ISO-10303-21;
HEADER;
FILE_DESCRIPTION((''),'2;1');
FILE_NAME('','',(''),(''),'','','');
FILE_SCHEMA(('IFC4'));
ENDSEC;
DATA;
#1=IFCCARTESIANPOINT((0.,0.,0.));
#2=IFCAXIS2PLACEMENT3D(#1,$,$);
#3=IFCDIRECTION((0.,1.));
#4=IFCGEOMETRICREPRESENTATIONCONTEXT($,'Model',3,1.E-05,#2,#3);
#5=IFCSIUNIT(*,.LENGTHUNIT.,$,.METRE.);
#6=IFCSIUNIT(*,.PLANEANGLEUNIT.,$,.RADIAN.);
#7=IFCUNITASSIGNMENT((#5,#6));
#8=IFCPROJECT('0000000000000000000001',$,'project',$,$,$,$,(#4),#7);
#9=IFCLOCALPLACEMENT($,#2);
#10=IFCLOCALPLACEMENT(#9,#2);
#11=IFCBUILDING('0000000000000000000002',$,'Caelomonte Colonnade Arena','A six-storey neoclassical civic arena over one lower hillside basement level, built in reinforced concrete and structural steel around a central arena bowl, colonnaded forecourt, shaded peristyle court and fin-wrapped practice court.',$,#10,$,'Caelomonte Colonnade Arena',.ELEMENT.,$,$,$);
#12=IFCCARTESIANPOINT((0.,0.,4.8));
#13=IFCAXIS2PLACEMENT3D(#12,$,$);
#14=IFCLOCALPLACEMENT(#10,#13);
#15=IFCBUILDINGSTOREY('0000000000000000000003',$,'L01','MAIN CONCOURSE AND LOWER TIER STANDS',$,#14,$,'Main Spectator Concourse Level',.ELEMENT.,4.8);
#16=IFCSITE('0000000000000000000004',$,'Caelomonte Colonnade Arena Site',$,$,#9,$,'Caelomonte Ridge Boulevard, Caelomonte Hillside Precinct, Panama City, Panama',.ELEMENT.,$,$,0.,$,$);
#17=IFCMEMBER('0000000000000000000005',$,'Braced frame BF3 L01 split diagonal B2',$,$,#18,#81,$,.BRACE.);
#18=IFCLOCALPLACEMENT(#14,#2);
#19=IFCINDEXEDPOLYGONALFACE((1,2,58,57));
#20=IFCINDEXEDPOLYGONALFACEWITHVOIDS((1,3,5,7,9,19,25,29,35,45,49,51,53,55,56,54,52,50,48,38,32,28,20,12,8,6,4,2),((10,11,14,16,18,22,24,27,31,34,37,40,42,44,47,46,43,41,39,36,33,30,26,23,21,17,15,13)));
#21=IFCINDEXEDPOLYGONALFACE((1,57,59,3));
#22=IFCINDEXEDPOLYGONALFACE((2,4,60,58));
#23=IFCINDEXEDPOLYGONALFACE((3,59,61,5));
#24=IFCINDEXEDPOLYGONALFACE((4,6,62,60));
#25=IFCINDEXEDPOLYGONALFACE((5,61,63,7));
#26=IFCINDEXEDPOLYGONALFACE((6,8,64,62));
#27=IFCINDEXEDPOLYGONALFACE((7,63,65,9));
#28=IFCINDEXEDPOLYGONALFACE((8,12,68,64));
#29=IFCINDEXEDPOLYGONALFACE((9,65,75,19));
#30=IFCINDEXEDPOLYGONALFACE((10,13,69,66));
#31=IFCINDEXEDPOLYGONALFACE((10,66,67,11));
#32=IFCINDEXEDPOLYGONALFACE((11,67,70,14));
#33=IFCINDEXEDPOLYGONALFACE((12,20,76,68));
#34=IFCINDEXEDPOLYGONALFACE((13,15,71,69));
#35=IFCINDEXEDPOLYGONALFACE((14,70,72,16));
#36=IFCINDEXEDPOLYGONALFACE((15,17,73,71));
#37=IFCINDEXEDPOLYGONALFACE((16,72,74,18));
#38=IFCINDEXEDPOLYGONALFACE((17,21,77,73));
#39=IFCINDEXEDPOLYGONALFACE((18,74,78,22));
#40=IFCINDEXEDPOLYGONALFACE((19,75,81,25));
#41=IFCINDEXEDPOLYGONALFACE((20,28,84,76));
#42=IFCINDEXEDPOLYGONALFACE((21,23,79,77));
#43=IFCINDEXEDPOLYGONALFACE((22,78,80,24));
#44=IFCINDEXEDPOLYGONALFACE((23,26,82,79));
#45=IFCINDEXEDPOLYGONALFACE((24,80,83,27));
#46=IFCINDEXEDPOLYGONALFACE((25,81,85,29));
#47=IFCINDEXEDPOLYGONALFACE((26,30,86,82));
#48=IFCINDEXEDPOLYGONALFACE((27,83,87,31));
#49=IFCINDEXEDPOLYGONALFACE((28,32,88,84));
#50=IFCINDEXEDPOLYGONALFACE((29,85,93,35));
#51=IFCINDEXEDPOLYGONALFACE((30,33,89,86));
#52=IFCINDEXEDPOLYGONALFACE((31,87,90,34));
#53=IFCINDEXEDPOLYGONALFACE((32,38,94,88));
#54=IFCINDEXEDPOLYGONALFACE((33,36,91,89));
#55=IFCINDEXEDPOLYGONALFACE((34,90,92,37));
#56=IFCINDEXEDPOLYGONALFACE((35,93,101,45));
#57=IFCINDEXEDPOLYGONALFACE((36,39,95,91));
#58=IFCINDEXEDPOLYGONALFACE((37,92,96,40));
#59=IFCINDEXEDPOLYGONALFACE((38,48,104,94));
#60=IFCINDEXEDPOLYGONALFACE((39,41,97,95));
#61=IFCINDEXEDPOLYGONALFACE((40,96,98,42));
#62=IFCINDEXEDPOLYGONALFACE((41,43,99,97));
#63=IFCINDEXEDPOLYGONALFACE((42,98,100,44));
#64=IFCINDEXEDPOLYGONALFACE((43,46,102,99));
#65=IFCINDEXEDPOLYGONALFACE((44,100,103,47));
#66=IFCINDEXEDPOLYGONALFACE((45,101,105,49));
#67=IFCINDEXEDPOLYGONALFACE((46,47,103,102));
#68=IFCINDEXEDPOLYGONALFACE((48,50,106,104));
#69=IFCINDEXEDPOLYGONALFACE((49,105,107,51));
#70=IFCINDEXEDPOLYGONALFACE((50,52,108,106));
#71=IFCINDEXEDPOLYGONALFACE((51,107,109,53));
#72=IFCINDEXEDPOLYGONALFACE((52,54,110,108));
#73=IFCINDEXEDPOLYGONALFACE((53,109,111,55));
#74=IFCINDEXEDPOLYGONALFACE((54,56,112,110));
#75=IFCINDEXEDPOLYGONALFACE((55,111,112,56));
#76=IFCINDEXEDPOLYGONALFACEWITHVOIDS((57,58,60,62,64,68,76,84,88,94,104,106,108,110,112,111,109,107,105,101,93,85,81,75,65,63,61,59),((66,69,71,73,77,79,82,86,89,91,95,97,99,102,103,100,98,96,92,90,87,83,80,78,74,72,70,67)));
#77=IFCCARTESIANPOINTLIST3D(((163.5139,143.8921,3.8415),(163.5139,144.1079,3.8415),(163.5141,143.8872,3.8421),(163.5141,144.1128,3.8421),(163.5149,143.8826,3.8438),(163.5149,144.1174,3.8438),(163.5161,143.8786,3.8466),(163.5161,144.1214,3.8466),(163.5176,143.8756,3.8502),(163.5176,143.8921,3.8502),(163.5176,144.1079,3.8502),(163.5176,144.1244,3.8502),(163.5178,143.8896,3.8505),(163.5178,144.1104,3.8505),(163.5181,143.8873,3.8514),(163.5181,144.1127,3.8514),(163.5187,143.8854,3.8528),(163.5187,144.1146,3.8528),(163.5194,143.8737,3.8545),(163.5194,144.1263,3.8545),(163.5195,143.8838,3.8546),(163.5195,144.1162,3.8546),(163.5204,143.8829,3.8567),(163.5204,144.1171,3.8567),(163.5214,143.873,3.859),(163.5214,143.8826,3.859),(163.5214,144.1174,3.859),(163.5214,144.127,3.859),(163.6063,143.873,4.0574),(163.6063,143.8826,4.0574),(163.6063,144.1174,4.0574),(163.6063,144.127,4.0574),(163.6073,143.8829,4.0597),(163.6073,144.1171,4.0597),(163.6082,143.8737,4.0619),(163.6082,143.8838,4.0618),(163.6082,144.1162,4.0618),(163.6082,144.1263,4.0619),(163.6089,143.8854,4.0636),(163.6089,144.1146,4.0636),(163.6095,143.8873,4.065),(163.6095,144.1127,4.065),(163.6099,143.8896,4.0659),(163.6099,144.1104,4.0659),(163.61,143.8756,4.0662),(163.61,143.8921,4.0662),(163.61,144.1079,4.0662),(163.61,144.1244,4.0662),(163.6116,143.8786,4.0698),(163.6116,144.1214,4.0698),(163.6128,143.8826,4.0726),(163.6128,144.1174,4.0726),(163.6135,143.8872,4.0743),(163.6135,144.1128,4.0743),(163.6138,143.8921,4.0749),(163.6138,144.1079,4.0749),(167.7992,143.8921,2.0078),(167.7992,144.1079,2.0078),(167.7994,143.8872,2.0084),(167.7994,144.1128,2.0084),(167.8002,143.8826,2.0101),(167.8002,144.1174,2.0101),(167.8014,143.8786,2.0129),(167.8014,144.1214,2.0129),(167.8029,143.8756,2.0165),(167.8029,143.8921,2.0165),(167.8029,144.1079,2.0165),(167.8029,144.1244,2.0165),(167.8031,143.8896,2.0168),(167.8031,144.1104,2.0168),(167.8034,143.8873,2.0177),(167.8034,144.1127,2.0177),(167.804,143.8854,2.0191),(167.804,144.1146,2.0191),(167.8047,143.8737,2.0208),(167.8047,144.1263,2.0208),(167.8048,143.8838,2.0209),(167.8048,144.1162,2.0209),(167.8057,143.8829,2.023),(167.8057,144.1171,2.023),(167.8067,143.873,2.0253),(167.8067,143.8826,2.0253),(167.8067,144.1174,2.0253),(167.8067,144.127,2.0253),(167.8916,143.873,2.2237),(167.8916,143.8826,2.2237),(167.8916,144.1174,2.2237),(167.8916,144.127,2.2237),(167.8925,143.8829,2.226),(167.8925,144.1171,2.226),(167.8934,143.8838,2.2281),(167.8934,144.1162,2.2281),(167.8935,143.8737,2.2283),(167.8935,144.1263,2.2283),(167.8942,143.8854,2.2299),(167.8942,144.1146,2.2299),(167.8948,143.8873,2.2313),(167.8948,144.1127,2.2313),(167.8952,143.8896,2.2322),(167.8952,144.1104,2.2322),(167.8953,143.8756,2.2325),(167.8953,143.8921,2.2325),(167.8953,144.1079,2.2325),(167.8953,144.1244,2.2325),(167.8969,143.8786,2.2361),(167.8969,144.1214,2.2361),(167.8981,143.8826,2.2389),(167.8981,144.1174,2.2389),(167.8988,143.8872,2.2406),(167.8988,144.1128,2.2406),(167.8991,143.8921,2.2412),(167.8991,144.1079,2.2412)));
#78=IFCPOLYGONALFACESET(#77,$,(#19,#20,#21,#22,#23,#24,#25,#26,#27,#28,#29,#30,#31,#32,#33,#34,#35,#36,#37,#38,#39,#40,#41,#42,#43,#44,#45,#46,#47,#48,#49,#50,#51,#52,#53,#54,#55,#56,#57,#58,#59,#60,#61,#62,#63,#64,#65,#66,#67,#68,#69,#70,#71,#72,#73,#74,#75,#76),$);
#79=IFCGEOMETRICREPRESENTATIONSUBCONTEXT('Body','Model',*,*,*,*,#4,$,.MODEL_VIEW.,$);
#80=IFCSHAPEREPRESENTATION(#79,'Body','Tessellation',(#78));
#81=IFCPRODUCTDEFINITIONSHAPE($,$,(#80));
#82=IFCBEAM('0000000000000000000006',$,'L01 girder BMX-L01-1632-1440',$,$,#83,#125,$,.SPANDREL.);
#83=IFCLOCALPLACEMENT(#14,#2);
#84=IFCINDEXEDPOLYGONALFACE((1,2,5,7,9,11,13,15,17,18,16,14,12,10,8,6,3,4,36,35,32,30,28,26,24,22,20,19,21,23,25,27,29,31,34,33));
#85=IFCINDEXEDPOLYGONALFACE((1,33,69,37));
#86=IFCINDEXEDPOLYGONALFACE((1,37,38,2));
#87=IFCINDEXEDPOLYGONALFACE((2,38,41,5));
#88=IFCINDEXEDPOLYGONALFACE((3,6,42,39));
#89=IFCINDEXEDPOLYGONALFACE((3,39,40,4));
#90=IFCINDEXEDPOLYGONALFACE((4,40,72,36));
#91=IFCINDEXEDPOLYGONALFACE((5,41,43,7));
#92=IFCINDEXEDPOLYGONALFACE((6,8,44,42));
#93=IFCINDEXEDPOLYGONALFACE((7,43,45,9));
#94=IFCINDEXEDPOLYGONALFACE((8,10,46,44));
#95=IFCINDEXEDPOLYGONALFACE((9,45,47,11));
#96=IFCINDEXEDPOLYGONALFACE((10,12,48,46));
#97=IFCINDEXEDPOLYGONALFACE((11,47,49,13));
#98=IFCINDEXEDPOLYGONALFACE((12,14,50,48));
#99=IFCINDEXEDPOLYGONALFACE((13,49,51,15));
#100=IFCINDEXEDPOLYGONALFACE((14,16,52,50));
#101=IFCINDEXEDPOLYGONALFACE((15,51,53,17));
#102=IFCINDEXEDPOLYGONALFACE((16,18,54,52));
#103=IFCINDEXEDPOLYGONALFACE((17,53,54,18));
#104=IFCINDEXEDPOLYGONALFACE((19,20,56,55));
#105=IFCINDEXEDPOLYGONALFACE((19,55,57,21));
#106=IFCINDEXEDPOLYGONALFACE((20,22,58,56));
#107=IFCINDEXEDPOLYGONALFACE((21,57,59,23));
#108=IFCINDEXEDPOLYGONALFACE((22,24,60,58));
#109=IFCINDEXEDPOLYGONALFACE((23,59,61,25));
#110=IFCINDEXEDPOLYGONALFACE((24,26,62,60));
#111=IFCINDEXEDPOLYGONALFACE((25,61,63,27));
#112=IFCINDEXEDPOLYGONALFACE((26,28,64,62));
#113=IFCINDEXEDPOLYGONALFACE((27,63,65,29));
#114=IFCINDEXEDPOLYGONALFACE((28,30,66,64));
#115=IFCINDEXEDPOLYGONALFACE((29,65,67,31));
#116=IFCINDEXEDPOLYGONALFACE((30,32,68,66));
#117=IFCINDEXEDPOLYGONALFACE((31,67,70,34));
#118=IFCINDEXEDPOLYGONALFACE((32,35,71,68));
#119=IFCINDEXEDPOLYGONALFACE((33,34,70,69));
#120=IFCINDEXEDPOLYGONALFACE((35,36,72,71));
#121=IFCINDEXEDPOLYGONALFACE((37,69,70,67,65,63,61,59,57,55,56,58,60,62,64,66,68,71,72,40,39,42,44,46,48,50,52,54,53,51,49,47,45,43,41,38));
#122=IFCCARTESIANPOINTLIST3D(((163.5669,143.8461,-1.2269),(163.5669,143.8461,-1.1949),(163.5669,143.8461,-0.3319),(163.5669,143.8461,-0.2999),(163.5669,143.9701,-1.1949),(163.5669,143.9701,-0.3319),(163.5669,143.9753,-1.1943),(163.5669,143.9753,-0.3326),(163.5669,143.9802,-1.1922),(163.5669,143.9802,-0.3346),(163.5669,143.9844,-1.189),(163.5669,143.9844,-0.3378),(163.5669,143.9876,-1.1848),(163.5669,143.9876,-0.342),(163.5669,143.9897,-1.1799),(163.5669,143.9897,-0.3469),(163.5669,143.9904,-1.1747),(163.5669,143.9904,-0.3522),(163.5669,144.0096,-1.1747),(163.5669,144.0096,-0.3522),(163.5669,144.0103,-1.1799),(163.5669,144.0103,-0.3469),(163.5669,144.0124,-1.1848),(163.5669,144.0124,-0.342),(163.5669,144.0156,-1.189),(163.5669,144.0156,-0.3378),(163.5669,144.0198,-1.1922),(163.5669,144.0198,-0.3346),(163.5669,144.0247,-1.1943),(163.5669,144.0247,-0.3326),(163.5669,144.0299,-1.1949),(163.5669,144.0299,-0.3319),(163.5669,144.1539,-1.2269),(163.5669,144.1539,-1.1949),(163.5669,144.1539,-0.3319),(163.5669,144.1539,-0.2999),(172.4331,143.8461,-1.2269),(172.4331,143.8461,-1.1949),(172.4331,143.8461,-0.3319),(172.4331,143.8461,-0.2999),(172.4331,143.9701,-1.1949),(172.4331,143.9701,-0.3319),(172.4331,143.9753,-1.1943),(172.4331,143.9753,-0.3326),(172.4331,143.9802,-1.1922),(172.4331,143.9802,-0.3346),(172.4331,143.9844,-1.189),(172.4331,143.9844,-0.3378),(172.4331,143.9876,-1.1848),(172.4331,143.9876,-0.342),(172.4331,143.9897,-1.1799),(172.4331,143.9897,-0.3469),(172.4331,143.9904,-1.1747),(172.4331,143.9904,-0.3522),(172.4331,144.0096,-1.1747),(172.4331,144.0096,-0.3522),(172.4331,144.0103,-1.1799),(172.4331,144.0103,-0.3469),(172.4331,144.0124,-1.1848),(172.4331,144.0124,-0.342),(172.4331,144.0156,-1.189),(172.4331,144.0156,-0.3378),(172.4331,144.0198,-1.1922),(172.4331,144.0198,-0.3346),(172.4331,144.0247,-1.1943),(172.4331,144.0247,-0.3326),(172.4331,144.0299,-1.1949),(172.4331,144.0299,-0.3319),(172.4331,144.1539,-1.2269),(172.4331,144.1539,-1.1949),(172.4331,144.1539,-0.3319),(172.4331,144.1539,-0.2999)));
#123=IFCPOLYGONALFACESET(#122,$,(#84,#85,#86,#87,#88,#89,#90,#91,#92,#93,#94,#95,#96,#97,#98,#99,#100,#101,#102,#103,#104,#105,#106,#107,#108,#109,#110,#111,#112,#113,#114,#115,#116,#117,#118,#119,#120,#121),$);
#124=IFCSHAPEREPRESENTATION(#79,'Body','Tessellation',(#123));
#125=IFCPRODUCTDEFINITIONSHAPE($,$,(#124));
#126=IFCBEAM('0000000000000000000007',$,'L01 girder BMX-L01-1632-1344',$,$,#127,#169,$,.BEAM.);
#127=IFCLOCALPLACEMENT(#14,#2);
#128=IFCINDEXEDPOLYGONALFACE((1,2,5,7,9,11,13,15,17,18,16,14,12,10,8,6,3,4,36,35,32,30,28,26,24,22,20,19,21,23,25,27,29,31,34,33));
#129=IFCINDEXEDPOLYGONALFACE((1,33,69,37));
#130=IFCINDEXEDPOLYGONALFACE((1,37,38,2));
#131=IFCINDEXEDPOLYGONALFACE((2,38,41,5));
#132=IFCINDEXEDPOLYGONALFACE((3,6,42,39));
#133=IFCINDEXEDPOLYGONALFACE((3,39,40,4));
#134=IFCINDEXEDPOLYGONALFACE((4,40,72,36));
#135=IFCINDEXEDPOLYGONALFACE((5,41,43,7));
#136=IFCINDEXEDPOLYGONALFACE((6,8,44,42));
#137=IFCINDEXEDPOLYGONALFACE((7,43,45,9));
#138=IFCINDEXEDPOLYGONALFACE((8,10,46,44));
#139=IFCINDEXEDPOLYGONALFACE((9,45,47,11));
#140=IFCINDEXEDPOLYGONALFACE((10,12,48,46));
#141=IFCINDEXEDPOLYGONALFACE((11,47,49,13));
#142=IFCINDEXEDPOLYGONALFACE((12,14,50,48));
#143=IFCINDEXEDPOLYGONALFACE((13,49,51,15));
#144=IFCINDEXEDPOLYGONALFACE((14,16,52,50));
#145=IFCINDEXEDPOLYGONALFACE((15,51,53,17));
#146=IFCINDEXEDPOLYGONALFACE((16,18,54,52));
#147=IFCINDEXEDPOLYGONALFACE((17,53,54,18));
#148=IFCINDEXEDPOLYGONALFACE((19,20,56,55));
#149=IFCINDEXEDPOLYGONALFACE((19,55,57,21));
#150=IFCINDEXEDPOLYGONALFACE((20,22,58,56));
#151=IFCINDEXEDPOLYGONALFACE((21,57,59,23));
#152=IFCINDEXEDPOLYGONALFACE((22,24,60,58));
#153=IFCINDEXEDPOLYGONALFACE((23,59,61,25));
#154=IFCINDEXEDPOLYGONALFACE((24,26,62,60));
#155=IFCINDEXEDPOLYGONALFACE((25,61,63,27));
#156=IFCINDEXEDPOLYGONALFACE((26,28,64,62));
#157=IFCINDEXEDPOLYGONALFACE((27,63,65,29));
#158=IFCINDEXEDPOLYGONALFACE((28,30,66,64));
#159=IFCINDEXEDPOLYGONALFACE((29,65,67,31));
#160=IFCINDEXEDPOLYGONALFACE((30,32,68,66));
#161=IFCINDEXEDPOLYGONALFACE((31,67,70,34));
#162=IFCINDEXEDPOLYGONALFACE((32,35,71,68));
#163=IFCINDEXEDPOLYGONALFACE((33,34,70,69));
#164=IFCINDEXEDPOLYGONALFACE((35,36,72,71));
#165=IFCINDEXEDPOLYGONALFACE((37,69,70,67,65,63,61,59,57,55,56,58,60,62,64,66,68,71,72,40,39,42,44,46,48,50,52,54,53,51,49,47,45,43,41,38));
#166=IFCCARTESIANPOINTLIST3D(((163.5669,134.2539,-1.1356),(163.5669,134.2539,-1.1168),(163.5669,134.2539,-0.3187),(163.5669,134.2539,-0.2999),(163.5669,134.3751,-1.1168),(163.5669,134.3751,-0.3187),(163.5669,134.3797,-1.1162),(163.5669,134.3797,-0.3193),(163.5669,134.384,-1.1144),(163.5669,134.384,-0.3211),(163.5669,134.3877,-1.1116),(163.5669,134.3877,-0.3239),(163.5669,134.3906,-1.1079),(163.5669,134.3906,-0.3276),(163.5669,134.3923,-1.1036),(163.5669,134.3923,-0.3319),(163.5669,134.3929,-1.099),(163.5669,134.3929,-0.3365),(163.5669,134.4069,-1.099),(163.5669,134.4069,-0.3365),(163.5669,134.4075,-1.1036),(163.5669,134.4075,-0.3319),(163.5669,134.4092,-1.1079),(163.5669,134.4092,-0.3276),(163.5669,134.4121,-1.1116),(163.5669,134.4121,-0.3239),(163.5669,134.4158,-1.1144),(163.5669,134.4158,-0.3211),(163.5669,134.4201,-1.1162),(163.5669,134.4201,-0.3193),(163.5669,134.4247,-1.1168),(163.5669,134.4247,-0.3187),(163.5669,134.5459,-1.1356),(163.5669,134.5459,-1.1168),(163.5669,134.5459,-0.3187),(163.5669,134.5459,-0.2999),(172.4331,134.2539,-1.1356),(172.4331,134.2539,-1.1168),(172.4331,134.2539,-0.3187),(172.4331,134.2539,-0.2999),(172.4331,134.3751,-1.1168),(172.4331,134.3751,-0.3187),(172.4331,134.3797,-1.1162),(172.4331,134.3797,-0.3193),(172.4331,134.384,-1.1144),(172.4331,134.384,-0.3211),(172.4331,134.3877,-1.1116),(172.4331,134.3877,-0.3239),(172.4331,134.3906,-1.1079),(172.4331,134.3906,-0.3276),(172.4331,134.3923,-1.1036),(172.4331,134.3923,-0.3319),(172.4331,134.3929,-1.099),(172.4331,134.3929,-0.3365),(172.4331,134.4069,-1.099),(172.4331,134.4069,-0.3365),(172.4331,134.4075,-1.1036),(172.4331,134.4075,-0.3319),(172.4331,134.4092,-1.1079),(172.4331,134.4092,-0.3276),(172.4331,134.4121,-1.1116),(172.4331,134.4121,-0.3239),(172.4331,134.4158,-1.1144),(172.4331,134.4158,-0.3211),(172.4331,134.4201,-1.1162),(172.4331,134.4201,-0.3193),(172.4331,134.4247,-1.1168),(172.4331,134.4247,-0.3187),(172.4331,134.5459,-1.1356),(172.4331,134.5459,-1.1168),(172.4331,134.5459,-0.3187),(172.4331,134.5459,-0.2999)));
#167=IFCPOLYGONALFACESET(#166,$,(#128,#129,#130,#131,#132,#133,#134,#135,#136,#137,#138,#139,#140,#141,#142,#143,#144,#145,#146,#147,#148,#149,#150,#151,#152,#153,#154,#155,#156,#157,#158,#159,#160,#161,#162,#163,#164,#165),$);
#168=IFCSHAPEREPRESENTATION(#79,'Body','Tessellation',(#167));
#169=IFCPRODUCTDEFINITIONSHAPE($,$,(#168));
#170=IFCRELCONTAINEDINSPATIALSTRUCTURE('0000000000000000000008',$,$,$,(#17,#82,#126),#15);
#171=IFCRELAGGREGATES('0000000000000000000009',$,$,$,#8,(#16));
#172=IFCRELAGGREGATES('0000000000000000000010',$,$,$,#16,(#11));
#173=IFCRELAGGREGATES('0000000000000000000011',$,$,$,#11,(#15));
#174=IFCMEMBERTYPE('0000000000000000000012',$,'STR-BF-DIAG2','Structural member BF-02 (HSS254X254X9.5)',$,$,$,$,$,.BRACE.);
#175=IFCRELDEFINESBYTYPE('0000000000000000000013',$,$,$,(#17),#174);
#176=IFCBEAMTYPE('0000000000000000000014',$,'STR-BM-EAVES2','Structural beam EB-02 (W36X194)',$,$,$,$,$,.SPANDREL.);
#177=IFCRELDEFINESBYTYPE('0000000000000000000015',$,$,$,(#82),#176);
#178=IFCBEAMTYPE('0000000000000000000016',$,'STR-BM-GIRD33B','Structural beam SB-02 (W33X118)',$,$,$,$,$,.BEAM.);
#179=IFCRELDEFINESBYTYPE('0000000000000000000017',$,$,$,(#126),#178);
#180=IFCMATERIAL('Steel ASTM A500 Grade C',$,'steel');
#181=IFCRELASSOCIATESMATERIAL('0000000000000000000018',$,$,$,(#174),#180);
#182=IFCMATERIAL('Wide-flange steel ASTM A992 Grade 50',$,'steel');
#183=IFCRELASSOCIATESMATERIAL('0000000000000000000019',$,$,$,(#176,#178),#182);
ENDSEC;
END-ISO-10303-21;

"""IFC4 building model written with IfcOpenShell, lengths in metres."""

from ifc_helpers import new_model, si_unit, direction, frame, origin, origin_2d, place, context, subcontext, project, spatial, hollow_rectangle, i_section, extrude, material, material_profile, profile_set, type_object, element, save


model = new_model("IFC4")

# Units and contexts
model_context = context("Model", 3, precision=1e-05, world=origin(), true_north=direction((0.0, 1.0)))
body_context = subcontext(model_context, "Body", "Model", "MODEL_VIEW")
ifc_project = project(units=[si_unit("LENGTHUNIT", "METRE"), si_unit("PLANEANGLEUNIT", "RADIAN")], contexts=[model_context])

# Site, building, storey
site_placement = place(None, origin())
site = spatial("IfcSite", under=ifc_project, at=site_placement, Name="Caelomonte Colonnade Arena Site", LongName="Caelomonte Ridge Boulevard, Caelomonte Hillside Precinct, Panama City, Panama", CompositionType="ELEMENT", RefElevation=0.0)
building_placement = place(site_placement, origin())
building = spatial("IfcBuilding", under=site, at=building_placement, Name="Caelomonte Colonnade Arena", Description="A six-storey neoclassical civic arena over one lower hillside basement level, built in reinforced concrete and structural steel around a central arena bowl, colonnaded forecourt, shaded peristyle court and fin-wrapped practice court.", LongName="Caelomonte Colonnade Arena", CompositionType="ELEMENT")
storey_placement = place(building_placement, frame((0.0, 0.0, 4.8)))
storey = spatial("IfcBuildingStorey", under=building, at=storey_placement, Name="L01", Description="MAIN CONCOURSE AND LOWER TIER STANDS", LongName="Main Spectator Concourse Level", CompositionType="ELEMENT", Elevation=4.8)

# Member
ifc_material_1 = material(Name="Steel ASTM A500 Grade C", Category="steel")
ifc_material_profile_1 = material_profile(ifc_material_1, hollow_rectangle(XDim=0.2539, YDim=0.2539, WallThickness=0.0095, InnerFilletRadius=0.0095, OuterFilletRadius=0.019, at=origin_2d()), Name="HSS254X254X9.5")
ifc_profile_set_1 = profile_set([ifc_material_profile_1], Name="Steel ASTM A500 Grade C")
member_type = type_object("IfcMemberType", Name="STR-BF-DIAG2", Description="Structural member BF-02 (HSS254X254X9.5)", PredefinedType="BRACE", material=ifc_profile_set_1)
for number, where, z_axis, x_axis, name in (
    (1, (167.8491, 144.0, 2.1245), (-0.919367, 0.0, 0.393401), (0.0, -1.0, 0.0), "Braced frame BF3 L01 split diagonal B2"),
):
    element("IfcMember", number, at=place(storey_placement, frame(where, z_axis=z_axis, x_axis=x_axis)), inside=storey, type_object=member_type, Name=name, PredefinedType="BRACE", context=body_context, shape_type="SweptSolid", body=[
        extrude(hollow_rectangle(XDim=0.2539, YDim=0.2539, WallThickness=0.0095, InnerFilletRadius=0.0095, OuterFilletRadius=0.019, at=origin_2d()), origin(), (0.0, 0.0, 1.0), 4.6611),
    ])

# Beams
ifc_material_2 = material(Name="Wide-flange steel ASTM A992 Grade 50", Category="steel")
ifc_material_profile_2 = material_profile(ifc_material_2, i_section(OverallWidth=0.3079, OverallDepth=0.927, WebThickness=0.0193, FlangeThickness=0.032, FilletRadius=0.0203, at=origin_2d()), Name="W36X194")
ifc_profile_set_2 = profile_set([ifc_material_profile_2], Name="Wide-flange steel ASTM A992 Grade 50")
beam_type_1 = type_object("IfcBeamType", Name="STR-BM-EAVES2", Description="Structural beam EB-02 (W36X194)", PredefinedType="SPANDREL", material=ifc_profile_set_2)
beam_1_placement = place(storey_placement, frame((163.5669, 144.0, -0.7634), z_axis=(1.0, 0.0, 0.0), x_axis=(0.0, 1.0, 0.0)))
element("IfcBeam", 2, at=beam_1_placement, inside=storey, type_object=beam_type_1, Name="L01 girder BMX-L01-1632-1440", PredefinedType="SPANDREL", context=body_context, shape_type="SweptSolid", body=[
    extrude(i_section(OverallWidth=0.3079, OverallDepth=0.927, WebThickness=0.0193, FlangeThickness=0.032, FilletRadius=0.0203, at=origin_2d()), origin(), (0.0, 0.0, 1.0), 8.8662),
])
ifc_material_profile_3 = material_profile(ifc_material_2, i_section(OverallWidth=0.292, OverallDepth=0.8357, WebThickness=0.0139, FlangeThickness=0.0188, FilletRadius=0.0178, at=origin_2d()), Name="W33X118")
ifc_profile_set_3 = profile_set([ifc_material_profile_3], Name="Wide-flange steel ASTM A992 Grade 50")
beam_type_2 = type_object("IfcBeamType", Name="STR-BM-GIRD33B", Description="Structural beam SB-02 (W33X118)", PredefinedType="BEAM", material=ifc_profile_set_3)
beam_2_placement = place(storey_placement, frame((163.5669, 134.3999, -0.7178), z_axis=(1.0, 0.0, 0.0), x_axis=(0.0, 1.0, 0.0)))
element("IfcBeam", 3, at=beam_2_placement, inside=storey, type_object=beam_type_2, Name="L01 girder BMX-L01-1632-1344", PredefinedType="BEAM", context=body_context, shape_type="SweptSolid", body=[
    extrude(i_section(OverallWidth=0.292, OverallDepth=0.8357, WebThickness=0.0139, FlangeThickness=0.0188, FilletRadius=0.0178, at=origin_2d()), origin(), (0.0, 0.0, 1.0), 8.8662),
])

save(model, "model.ifc")
